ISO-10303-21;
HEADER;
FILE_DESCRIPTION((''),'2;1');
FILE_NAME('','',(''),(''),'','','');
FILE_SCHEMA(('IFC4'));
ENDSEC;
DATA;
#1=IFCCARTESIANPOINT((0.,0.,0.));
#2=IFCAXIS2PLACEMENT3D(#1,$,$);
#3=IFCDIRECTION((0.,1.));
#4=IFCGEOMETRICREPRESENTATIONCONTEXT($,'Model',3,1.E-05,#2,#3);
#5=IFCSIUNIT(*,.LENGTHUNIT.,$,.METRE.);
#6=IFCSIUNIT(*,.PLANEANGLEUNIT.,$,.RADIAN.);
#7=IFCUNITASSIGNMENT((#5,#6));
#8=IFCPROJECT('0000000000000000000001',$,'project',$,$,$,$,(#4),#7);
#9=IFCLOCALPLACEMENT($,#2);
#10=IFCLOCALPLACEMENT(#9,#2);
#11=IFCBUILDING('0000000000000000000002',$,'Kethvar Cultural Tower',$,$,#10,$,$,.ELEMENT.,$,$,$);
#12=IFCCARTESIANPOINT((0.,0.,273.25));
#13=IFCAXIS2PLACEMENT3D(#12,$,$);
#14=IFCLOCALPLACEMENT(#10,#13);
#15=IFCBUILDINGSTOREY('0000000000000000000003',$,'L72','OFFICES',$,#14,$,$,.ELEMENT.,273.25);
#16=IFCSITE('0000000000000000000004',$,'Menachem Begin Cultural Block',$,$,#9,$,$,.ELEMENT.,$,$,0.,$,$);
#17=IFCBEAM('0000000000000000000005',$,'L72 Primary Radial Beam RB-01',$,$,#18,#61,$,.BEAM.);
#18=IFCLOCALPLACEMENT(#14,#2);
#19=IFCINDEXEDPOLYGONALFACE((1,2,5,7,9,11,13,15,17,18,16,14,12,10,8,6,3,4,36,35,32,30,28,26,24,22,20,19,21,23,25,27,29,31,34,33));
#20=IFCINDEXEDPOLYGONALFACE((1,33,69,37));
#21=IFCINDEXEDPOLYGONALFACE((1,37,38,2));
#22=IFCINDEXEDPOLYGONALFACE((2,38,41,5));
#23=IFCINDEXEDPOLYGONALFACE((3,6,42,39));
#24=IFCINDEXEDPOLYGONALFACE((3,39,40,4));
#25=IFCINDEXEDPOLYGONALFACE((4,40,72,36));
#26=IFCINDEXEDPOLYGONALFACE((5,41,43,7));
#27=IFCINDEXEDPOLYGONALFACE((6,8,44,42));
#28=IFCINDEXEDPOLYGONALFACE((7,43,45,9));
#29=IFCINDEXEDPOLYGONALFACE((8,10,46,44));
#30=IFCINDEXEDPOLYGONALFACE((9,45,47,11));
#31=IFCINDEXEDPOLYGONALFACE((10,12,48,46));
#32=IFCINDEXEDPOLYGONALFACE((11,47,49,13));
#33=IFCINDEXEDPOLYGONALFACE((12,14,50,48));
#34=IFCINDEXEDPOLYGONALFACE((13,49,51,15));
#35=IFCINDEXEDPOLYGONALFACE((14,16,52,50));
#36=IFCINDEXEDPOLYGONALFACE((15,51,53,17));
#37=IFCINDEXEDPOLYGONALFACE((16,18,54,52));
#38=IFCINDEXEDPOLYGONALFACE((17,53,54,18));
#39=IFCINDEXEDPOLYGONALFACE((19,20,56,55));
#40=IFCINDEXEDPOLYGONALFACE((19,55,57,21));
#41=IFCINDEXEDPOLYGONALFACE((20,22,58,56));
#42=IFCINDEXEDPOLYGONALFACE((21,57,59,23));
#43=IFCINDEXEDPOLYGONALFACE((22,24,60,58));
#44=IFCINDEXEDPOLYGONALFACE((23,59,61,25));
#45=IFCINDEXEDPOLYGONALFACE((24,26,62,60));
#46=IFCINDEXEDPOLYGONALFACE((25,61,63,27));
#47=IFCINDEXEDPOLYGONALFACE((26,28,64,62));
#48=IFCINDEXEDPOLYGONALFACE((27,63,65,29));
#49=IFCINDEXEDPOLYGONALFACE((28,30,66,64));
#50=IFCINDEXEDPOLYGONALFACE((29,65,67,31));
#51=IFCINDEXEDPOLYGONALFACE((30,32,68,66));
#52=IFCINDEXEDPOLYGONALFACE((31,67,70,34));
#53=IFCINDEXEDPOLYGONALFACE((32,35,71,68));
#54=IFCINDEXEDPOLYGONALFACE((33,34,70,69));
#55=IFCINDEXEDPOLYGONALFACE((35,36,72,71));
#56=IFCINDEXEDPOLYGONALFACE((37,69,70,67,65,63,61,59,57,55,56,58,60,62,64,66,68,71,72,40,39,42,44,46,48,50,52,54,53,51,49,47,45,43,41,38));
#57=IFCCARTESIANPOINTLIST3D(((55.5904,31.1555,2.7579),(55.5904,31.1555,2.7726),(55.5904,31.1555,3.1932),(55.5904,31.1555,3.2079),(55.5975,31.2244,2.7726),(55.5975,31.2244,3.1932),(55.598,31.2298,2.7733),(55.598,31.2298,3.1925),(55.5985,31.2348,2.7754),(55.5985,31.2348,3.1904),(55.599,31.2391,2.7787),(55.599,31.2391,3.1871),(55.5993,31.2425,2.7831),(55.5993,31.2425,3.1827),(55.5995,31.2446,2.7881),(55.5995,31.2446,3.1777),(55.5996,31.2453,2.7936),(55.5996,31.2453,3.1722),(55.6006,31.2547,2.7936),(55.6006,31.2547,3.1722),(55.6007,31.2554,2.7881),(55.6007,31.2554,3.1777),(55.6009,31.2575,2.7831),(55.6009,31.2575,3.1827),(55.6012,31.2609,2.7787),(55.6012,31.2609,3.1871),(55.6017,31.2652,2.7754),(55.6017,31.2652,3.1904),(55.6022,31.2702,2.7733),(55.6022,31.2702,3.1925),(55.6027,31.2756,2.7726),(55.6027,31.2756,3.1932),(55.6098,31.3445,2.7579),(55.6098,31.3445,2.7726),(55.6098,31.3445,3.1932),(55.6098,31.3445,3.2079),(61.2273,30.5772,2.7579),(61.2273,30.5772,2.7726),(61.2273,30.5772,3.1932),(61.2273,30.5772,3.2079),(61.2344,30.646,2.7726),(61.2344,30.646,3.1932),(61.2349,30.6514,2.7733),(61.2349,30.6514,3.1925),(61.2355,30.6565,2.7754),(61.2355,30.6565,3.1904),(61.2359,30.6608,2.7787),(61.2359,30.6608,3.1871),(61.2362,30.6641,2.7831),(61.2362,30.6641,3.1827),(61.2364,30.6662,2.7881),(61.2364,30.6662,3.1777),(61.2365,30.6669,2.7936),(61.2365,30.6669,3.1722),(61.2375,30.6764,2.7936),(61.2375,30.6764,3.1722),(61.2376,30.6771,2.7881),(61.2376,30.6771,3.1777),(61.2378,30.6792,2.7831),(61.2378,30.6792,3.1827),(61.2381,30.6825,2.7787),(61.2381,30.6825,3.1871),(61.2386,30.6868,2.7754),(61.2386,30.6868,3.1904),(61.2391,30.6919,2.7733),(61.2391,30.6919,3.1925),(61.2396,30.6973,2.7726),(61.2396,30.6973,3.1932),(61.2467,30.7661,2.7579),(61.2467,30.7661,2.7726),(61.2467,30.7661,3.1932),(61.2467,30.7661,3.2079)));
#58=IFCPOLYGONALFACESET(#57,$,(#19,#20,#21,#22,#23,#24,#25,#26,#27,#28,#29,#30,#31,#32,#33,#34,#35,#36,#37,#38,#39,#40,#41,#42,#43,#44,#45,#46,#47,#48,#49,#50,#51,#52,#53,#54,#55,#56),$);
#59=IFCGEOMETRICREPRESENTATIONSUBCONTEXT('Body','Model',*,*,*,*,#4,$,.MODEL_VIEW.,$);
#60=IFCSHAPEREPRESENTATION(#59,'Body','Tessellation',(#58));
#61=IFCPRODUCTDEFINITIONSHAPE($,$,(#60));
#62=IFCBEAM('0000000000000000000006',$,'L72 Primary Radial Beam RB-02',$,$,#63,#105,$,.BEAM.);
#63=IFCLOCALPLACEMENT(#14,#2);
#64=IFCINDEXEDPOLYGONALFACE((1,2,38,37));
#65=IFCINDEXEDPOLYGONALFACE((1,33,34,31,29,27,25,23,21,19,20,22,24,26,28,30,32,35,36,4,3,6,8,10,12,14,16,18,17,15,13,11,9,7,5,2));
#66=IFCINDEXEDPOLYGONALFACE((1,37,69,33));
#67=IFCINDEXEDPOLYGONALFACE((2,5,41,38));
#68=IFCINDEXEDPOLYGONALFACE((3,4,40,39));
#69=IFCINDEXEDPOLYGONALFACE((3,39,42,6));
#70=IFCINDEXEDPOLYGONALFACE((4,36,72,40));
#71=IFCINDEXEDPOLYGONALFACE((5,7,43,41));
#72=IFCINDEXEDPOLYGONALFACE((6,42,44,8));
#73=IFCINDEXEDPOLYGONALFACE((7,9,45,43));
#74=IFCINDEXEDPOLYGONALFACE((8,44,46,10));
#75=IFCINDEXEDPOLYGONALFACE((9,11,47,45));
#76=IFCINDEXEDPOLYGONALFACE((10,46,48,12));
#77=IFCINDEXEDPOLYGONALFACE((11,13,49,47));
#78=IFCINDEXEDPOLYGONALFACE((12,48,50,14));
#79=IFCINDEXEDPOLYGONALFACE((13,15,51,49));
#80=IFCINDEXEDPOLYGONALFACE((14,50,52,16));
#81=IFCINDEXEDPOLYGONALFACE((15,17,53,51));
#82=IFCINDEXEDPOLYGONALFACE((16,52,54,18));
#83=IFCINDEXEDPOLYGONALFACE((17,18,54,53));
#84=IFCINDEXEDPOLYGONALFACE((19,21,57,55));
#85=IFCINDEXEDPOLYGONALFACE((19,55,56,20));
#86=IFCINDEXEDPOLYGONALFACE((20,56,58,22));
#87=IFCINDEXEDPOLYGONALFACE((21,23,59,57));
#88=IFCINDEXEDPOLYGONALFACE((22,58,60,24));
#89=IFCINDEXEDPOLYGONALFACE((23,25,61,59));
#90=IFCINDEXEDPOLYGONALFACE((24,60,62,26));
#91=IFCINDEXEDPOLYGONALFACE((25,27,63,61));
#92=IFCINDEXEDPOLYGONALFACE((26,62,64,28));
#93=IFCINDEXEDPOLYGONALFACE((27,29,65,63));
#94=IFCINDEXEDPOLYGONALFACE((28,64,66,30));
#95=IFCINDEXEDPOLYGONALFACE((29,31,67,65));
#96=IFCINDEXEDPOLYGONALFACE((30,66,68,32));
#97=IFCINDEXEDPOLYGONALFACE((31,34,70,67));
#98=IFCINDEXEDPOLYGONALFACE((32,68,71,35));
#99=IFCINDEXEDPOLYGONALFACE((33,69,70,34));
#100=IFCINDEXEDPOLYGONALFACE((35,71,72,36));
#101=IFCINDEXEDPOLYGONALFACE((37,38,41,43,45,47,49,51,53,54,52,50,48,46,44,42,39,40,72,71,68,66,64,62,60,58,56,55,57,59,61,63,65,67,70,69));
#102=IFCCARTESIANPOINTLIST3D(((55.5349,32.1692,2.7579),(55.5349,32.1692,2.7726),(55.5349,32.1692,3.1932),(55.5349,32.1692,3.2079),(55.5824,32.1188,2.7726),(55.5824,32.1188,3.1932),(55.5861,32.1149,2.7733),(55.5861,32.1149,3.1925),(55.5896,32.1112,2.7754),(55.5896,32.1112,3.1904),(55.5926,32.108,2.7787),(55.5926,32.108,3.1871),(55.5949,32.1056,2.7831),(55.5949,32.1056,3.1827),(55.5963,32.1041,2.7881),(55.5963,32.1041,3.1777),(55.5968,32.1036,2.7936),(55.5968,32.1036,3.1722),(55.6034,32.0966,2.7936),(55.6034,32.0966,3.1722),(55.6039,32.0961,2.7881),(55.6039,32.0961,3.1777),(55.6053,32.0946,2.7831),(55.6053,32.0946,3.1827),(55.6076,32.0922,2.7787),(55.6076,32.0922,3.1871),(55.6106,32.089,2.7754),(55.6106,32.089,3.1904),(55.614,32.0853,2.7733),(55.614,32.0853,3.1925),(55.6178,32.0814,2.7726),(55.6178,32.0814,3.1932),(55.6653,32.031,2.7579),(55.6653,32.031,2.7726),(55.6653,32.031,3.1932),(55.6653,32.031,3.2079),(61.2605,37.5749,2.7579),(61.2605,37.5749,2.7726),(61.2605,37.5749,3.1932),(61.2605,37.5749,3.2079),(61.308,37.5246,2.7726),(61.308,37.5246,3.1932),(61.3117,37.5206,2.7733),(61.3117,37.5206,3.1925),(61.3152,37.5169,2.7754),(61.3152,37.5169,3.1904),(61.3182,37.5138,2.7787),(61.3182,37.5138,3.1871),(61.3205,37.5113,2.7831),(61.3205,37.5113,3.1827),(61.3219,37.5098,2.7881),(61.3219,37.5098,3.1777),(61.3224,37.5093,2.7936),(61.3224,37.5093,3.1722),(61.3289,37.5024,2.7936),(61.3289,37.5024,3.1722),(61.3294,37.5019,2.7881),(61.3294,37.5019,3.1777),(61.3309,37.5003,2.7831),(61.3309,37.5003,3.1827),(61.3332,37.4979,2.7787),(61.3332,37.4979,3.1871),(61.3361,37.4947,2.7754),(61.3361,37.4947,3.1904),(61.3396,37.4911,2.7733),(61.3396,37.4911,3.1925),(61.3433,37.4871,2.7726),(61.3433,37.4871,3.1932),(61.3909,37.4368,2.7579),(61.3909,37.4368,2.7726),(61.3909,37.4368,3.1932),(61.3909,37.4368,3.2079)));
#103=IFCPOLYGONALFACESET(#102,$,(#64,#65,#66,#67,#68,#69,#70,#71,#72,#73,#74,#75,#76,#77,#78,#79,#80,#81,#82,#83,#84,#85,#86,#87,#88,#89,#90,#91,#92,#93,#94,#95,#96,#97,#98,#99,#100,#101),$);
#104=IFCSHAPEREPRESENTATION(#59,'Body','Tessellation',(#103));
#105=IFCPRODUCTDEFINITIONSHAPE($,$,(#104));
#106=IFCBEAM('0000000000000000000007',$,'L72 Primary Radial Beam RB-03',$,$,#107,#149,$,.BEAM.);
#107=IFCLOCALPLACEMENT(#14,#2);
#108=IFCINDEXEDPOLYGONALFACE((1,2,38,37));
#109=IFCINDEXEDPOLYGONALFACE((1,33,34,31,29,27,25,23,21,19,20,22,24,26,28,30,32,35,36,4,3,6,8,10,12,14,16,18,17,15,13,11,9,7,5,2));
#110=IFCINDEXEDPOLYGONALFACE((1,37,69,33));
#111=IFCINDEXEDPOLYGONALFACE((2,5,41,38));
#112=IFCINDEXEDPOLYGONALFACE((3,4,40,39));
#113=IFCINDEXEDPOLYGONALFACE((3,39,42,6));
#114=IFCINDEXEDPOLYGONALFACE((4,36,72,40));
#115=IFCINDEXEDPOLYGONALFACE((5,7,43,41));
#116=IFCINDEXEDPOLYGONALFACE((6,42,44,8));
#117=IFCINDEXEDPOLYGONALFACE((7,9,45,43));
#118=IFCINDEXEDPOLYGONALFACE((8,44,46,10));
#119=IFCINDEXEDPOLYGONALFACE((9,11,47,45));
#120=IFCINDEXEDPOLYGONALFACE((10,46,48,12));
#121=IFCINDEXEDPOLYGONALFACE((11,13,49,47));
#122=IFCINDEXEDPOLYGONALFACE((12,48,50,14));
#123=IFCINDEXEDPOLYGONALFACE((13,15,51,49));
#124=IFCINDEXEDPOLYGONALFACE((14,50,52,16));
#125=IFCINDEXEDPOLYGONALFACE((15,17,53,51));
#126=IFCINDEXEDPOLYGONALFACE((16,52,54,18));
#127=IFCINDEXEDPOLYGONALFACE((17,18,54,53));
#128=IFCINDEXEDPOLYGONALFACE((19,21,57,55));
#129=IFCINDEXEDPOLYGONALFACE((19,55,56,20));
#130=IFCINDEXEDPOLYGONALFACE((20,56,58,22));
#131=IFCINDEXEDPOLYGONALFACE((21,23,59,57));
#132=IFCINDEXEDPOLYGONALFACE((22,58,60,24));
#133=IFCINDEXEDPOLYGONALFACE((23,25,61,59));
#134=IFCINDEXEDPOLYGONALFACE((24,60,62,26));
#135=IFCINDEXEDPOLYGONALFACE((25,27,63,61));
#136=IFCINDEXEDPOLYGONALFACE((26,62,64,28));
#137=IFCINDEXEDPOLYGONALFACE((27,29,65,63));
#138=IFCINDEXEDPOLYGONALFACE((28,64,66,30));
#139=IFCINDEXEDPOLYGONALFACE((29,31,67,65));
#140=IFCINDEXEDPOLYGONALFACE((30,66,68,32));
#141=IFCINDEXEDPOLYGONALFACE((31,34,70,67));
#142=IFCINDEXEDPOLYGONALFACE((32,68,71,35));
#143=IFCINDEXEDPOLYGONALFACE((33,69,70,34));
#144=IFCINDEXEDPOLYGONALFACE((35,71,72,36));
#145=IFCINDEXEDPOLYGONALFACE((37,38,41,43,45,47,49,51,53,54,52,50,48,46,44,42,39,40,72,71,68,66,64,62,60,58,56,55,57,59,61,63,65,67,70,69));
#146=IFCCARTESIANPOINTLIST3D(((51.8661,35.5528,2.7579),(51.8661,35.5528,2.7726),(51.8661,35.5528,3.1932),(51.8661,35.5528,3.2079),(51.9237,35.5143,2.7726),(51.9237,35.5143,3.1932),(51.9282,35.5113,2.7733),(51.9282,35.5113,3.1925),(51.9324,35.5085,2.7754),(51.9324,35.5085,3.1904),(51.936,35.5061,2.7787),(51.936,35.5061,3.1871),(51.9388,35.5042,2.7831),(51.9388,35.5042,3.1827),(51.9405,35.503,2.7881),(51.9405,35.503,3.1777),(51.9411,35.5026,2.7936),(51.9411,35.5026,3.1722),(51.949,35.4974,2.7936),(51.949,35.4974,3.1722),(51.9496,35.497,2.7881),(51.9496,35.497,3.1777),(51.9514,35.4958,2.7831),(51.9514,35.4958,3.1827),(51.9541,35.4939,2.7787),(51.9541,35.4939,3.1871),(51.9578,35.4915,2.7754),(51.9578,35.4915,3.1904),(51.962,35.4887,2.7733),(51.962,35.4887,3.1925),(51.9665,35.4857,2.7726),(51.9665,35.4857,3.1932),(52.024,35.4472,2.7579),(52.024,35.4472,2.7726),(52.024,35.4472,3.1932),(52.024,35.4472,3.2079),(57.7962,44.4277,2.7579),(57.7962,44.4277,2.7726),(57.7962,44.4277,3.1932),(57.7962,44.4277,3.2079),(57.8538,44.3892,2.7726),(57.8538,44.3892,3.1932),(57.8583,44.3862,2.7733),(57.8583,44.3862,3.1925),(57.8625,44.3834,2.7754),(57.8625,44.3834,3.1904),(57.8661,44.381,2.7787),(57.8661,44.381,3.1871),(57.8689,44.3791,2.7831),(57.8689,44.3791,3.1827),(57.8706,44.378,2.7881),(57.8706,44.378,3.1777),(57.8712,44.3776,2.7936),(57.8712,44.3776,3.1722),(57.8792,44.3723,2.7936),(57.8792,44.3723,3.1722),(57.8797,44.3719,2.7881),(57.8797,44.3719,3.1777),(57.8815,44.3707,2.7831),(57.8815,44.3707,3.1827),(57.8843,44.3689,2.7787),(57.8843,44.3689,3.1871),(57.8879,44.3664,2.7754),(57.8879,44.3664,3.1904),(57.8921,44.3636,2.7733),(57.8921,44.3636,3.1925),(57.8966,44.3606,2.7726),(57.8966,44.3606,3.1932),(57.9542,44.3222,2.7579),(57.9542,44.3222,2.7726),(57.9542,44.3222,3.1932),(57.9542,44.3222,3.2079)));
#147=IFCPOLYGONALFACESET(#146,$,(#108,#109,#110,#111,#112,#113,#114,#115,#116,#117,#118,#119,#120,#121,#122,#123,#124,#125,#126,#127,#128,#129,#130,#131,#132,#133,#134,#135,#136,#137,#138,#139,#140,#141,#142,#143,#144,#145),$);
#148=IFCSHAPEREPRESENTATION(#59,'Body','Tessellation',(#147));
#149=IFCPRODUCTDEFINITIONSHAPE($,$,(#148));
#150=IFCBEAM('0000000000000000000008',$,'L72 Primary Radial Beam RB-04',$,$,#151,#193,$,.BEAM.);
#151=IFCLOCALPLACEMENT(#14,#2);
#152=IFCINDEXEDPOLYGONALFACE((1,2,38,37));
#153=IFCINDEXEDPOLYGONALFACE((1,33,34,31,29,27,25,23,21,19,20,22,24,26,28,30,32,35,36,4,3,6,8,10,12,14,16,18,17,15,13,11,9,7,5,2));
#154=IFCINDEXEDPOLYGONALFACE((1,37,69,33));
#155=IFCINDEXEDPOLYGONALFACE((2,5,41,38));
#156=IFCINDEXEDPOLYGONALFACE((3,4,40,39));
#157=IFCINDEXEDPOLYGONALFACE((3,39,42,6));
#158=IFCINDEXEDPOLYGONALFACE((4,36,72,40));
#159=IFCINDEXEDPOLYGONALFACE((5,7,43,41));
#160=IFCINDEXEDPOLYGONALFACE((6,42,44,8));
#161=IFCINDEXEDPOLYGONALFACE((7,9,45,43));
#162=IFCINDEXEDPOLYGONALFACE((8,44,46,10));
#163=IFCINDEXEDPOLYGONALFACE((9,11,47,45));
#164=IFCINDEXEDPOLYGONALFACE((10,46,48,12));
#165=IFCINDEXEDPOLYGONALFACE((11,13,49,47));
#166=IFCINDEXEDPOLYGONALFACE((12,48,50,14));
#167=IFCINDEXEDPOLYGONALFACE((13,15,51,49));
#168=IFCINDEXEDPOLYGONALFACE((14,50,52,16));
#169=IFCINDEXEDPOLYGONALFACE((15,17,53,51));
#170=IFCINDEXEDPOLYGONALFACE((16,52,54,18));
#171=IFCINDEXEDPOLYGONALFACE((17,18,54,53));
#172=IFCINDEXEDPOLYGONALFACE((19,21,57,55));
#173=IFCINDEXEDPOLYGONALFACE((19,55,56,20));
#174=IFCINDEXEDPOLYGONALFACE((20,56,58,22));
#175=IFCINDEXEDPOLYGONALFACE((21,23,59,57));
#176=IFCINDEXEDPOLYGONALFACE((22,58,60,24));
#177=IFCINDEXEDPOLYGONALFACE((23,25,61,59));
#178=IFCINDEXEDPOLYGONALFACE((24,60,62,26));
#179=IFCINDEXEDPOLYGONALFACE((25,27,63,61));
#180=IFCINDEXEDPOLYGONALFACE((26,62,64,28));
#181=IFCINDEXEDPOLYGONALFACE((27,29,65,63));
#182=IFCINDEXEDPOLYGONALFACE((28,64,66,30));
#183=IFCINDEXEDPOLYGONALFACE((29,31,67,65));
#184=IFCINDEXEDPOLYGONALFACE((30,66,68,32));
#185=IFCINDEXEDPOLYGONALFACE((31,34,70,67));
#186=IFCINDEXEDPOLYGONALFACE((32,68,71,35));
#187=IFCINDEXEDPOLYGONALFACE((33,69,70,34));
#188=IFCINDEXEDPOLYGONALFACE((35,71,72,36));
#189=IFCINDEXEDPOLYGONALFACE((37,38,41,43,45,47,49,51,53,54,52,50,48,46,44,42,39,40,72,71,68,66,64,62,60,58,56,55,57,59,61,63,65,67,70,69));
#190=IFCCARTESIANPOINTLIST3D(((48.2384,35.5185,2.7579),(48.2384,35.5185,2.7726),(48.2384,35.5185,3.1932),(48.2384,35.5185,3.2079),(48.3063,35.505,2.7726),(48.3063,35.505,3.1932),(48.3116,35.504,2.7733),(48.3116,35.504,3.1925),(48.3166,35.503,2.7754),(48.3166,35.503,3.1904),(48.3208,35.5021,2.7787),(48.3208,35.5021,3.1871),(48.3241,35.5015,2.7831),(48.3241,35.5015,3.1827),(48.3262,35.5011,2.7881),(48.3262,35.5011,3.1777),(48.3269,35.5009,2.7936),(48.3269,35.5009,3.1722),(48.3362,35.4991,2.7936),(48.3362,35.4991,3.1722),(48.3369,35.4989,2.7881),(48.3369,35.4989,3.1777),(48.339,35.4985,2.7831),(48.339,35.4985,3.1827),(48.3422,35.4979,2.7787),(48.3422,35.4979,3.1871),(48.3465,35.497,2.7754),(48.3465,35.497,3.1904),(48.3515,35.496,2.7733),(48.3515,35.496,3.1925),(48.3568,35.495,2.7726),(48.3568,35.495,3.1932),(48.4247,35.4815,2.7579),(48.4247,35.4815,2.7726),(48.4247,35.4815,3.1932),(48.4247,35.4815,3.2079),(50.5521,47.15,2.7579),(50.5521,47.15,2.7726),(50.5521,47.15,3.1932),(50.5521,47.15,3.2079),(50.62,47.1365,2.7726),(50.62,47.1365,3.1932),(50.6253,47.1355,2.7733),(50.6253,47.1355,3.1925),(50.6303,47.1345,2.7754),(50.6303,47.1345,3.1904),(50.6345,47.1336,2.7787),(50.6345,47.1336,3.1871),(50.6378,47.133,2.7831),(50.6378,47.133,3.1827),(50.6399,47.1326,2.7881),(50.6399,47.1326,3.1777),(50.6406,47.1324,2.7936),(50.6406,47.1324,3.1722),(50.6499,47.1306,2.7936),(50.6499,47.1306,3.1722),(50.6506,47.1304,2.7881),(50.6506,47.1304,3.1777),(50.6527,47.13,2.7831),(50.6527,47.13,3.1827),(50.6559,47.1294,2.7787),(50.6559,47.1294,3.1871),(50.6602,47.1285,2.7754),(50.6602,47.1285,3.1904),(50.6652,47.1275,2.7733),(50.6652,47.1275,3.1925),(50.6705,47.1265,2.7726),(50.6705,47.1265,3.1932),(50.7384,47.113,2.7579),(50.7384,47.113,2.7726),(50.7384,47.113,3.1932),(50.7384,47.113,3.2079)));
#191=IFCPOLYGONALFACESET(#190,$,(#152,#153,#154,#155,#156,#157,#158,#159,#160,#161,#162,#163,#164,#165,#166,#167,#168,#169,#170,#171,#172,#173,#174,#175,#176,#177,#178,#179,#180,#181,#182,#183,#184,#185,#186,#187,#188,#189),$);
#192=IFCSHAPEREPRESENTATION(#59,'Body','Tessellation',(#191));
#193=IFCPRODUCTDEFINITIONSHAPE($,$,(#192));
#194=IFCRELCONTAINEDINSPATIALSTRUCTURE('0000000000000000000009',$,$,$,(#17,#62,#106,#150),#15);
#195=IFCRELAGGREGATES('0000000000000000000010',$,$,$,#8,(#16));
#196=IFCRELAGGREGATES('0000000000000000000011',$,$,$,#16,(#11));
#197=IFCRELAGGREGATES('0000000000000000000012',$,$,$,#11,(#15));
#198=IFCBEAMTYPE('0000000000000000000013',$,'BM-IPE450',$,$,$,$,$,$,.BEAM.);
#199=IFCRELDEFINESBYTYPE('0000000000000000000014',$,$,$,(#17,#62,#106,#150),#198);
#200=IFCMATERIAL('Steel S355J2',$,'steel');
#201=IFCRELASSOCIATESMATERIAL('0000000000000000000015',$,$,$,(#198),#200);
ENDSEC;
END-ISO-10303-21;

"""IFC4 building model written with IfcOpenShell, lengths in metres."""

from ifc_helpers import new_model, si_unit, direction, frame, origin, origin_2d, place, context, subcontext, project, spatial, i_section, extrude, source, transform, mapped, material, material_profile, profile_set, type_object, element, save


model = new_model("IFC4")

# Units and contexts
model_context = context("Model", 3, precision=1e-05, world=origin(), true_north=direction((0.0, 1.0)))
body_context = subcontext(model_context, "Body", "Model", "MODEL_VIEW")
ifc_project = project(units=[si_unit("LENGTHUNIT", "METRE"), si_unit("PLANEANGLEUNIT", "RADIAN")], contexts=[model_context])

# Site, building, storey
site_placement = place(None, origin())
site = spatial("IfcSite", under=ifc_project, at=site_placement, Name="Menachem Begin Cultural Block", CompositionType="ELEMENT", RefElevation=0.0)
building_placement = place(site_placement, origin())
building = spatial("IfcBuilding", under=site, at=building_placement, Name="Kethvar Cultural Tower", CompositionType="ELEMENT")
storey_placement = place(building_placement, frame((0.0, 0.0, 273.25)))
storey = spatial("IfcBuildingStorey", under=building, at=storey_placement, Name="L72", Description="OFFICES", CompositionType="ELEMENT", Elevation=273.25)

# Beams
ifc_material_1 = material(Name="Steel S355J2", Category="steel")
ifc_material_profile_1 = material_profile(ifc_material_1, i_section(OverallWidth=0.1899, OverallDepth=0.45, WebThickness=0.0095, FlangeThickness=0.0146, FilletRadius=0.021, at=origin_2d()), Name="Steel S355J2 — IPE450")
ifc_profile_set_1 = profile_set([ifc_material_profile_1], Name="Steel S355J2 — IPE450")
beam_type_1 = type_object("IfcBeamType", Name="BM-IPE450", PredefinedType="BEAM", material=ifc_profile_set_1)
shared_shape_1 = source(origin(), body_context, "Body", "SweptSolid", [
    extrude(i_section(OverallWidth=0.1899, OverallDepth=0.45, WebThickness=0.0095, FlangeThickness=0.0146, FilletRadius=0.021, at=origin_2d()), origin(), (0.0, 0.0, 1.0), 5.6665),
])
beam_1_placement = place(storey_placement, frame((55.6001, 31.25, 2.9829), z_axis=(0.994778, -0.102067, 0.0), x_axis=(0.102067, 0.994778, 0.0)))
element("IfcBeam", 1, at=beam_1_placement, inside=storey, type_object=beam_type_1, Name="L72 Primary Radial Beam RB-01", PredefinedType="BEAM", context=body_context, shape_type="MappedRepresentation", body=[
    mapped(shared_shape_1, transform((0.0, 0.0, 0.0), scale=1.0)),
])
shared_shape_2 = source(origin(), body_context, "Body", "SweptSolid", [
    extrude(i_section(OverallWidth=0.1899, OverallDepth=0.45, WebThickness=0.0095, FlangeThickness=0.0146, FilletRadius=0.021, at=origin_2d()), origin(), (0.0, 0.0, 1.0), 7.8743),
])
beam_2_placement = place(storey_placement, frame((55.6001, 32.1001, 2.9829), z_axis=(0.727123, 0.686507, 0.0), x_axis=(-0.686507, 0.727123, 0.0)))
element("IfcBeam", 2, at=beam_2_placement, inside=storey, type_object=beam_type_1, Name="L72 Primary Radial Beam RB-02", PredefinedType="BEAM", context=body_context, shape_type="MappedRepresentation", body=[
    mapped(shared_shape_2, transform((0.0, 0.0, 0.0), scale=1.0)),
])
shared_shape_3 = source(origin(), body_context, "Body", "SweptSolid", [
    extrude(i_section(OverallWidth=0.1899, OverallDepth=0.45, WebThickness=0.0095, FlangeThickness=0.0146, FilletRadius=0.021, at=origin_2d()), origin(), (0.0, 0.0, 1.0), 10.6738),
])
beam_3_placement = place(storey_placement, frame((51.9451, 35.5, 2.9829), z_axis=(0.555576, 0.831466, 0.0), x_axis=(-0.831466, 0.555576, 0.0)))
element("IfcBeam", 3, at=beam_3_placement, inside=storey, type_object=beam_type_1, Name="L72 Primary Radial Beam RB-03", PredefinedType="BEAM", context=body_context, shape_type="MappedRepresentation", body=[
    mapped(shared_shape_3, transform((0.0, 0.0, 0.0), scale=1.0)),
])
shared_shape_4 = source(origin(), body_context, "Body", "SweptSolid", [
    extrude(i_section(OverallWidth=0.1899, OverallDepth=0.45, WebThickness=0.0095, FlangeThickness=0.0146, FilletRadius=0.021, at=origin_2d()), origin(), (0.0, 0.0, 1.0), 11.8594),
])
beam_4_placement = place(storey_placement, frame((48.3315, 35.5, 2.9829), z_axis=(0.195095, 0.980784, 0.0), x_axis=(-0.980784, 0.195095, 0.0)))
element("IfcBeam", 4, at=beam_4_placement, inside=storey, type_object=beam_type_1, Name="L72 Primary Radial Beam RB-04", PredefinedType="BEAM", context=body_context, shape_type="MappedRepresentation", body=[
    mapped(shared_shape_4, transform((0.0, 0.0, 0.0), scale=1.0)),
])

save(model, "model.ifc")
